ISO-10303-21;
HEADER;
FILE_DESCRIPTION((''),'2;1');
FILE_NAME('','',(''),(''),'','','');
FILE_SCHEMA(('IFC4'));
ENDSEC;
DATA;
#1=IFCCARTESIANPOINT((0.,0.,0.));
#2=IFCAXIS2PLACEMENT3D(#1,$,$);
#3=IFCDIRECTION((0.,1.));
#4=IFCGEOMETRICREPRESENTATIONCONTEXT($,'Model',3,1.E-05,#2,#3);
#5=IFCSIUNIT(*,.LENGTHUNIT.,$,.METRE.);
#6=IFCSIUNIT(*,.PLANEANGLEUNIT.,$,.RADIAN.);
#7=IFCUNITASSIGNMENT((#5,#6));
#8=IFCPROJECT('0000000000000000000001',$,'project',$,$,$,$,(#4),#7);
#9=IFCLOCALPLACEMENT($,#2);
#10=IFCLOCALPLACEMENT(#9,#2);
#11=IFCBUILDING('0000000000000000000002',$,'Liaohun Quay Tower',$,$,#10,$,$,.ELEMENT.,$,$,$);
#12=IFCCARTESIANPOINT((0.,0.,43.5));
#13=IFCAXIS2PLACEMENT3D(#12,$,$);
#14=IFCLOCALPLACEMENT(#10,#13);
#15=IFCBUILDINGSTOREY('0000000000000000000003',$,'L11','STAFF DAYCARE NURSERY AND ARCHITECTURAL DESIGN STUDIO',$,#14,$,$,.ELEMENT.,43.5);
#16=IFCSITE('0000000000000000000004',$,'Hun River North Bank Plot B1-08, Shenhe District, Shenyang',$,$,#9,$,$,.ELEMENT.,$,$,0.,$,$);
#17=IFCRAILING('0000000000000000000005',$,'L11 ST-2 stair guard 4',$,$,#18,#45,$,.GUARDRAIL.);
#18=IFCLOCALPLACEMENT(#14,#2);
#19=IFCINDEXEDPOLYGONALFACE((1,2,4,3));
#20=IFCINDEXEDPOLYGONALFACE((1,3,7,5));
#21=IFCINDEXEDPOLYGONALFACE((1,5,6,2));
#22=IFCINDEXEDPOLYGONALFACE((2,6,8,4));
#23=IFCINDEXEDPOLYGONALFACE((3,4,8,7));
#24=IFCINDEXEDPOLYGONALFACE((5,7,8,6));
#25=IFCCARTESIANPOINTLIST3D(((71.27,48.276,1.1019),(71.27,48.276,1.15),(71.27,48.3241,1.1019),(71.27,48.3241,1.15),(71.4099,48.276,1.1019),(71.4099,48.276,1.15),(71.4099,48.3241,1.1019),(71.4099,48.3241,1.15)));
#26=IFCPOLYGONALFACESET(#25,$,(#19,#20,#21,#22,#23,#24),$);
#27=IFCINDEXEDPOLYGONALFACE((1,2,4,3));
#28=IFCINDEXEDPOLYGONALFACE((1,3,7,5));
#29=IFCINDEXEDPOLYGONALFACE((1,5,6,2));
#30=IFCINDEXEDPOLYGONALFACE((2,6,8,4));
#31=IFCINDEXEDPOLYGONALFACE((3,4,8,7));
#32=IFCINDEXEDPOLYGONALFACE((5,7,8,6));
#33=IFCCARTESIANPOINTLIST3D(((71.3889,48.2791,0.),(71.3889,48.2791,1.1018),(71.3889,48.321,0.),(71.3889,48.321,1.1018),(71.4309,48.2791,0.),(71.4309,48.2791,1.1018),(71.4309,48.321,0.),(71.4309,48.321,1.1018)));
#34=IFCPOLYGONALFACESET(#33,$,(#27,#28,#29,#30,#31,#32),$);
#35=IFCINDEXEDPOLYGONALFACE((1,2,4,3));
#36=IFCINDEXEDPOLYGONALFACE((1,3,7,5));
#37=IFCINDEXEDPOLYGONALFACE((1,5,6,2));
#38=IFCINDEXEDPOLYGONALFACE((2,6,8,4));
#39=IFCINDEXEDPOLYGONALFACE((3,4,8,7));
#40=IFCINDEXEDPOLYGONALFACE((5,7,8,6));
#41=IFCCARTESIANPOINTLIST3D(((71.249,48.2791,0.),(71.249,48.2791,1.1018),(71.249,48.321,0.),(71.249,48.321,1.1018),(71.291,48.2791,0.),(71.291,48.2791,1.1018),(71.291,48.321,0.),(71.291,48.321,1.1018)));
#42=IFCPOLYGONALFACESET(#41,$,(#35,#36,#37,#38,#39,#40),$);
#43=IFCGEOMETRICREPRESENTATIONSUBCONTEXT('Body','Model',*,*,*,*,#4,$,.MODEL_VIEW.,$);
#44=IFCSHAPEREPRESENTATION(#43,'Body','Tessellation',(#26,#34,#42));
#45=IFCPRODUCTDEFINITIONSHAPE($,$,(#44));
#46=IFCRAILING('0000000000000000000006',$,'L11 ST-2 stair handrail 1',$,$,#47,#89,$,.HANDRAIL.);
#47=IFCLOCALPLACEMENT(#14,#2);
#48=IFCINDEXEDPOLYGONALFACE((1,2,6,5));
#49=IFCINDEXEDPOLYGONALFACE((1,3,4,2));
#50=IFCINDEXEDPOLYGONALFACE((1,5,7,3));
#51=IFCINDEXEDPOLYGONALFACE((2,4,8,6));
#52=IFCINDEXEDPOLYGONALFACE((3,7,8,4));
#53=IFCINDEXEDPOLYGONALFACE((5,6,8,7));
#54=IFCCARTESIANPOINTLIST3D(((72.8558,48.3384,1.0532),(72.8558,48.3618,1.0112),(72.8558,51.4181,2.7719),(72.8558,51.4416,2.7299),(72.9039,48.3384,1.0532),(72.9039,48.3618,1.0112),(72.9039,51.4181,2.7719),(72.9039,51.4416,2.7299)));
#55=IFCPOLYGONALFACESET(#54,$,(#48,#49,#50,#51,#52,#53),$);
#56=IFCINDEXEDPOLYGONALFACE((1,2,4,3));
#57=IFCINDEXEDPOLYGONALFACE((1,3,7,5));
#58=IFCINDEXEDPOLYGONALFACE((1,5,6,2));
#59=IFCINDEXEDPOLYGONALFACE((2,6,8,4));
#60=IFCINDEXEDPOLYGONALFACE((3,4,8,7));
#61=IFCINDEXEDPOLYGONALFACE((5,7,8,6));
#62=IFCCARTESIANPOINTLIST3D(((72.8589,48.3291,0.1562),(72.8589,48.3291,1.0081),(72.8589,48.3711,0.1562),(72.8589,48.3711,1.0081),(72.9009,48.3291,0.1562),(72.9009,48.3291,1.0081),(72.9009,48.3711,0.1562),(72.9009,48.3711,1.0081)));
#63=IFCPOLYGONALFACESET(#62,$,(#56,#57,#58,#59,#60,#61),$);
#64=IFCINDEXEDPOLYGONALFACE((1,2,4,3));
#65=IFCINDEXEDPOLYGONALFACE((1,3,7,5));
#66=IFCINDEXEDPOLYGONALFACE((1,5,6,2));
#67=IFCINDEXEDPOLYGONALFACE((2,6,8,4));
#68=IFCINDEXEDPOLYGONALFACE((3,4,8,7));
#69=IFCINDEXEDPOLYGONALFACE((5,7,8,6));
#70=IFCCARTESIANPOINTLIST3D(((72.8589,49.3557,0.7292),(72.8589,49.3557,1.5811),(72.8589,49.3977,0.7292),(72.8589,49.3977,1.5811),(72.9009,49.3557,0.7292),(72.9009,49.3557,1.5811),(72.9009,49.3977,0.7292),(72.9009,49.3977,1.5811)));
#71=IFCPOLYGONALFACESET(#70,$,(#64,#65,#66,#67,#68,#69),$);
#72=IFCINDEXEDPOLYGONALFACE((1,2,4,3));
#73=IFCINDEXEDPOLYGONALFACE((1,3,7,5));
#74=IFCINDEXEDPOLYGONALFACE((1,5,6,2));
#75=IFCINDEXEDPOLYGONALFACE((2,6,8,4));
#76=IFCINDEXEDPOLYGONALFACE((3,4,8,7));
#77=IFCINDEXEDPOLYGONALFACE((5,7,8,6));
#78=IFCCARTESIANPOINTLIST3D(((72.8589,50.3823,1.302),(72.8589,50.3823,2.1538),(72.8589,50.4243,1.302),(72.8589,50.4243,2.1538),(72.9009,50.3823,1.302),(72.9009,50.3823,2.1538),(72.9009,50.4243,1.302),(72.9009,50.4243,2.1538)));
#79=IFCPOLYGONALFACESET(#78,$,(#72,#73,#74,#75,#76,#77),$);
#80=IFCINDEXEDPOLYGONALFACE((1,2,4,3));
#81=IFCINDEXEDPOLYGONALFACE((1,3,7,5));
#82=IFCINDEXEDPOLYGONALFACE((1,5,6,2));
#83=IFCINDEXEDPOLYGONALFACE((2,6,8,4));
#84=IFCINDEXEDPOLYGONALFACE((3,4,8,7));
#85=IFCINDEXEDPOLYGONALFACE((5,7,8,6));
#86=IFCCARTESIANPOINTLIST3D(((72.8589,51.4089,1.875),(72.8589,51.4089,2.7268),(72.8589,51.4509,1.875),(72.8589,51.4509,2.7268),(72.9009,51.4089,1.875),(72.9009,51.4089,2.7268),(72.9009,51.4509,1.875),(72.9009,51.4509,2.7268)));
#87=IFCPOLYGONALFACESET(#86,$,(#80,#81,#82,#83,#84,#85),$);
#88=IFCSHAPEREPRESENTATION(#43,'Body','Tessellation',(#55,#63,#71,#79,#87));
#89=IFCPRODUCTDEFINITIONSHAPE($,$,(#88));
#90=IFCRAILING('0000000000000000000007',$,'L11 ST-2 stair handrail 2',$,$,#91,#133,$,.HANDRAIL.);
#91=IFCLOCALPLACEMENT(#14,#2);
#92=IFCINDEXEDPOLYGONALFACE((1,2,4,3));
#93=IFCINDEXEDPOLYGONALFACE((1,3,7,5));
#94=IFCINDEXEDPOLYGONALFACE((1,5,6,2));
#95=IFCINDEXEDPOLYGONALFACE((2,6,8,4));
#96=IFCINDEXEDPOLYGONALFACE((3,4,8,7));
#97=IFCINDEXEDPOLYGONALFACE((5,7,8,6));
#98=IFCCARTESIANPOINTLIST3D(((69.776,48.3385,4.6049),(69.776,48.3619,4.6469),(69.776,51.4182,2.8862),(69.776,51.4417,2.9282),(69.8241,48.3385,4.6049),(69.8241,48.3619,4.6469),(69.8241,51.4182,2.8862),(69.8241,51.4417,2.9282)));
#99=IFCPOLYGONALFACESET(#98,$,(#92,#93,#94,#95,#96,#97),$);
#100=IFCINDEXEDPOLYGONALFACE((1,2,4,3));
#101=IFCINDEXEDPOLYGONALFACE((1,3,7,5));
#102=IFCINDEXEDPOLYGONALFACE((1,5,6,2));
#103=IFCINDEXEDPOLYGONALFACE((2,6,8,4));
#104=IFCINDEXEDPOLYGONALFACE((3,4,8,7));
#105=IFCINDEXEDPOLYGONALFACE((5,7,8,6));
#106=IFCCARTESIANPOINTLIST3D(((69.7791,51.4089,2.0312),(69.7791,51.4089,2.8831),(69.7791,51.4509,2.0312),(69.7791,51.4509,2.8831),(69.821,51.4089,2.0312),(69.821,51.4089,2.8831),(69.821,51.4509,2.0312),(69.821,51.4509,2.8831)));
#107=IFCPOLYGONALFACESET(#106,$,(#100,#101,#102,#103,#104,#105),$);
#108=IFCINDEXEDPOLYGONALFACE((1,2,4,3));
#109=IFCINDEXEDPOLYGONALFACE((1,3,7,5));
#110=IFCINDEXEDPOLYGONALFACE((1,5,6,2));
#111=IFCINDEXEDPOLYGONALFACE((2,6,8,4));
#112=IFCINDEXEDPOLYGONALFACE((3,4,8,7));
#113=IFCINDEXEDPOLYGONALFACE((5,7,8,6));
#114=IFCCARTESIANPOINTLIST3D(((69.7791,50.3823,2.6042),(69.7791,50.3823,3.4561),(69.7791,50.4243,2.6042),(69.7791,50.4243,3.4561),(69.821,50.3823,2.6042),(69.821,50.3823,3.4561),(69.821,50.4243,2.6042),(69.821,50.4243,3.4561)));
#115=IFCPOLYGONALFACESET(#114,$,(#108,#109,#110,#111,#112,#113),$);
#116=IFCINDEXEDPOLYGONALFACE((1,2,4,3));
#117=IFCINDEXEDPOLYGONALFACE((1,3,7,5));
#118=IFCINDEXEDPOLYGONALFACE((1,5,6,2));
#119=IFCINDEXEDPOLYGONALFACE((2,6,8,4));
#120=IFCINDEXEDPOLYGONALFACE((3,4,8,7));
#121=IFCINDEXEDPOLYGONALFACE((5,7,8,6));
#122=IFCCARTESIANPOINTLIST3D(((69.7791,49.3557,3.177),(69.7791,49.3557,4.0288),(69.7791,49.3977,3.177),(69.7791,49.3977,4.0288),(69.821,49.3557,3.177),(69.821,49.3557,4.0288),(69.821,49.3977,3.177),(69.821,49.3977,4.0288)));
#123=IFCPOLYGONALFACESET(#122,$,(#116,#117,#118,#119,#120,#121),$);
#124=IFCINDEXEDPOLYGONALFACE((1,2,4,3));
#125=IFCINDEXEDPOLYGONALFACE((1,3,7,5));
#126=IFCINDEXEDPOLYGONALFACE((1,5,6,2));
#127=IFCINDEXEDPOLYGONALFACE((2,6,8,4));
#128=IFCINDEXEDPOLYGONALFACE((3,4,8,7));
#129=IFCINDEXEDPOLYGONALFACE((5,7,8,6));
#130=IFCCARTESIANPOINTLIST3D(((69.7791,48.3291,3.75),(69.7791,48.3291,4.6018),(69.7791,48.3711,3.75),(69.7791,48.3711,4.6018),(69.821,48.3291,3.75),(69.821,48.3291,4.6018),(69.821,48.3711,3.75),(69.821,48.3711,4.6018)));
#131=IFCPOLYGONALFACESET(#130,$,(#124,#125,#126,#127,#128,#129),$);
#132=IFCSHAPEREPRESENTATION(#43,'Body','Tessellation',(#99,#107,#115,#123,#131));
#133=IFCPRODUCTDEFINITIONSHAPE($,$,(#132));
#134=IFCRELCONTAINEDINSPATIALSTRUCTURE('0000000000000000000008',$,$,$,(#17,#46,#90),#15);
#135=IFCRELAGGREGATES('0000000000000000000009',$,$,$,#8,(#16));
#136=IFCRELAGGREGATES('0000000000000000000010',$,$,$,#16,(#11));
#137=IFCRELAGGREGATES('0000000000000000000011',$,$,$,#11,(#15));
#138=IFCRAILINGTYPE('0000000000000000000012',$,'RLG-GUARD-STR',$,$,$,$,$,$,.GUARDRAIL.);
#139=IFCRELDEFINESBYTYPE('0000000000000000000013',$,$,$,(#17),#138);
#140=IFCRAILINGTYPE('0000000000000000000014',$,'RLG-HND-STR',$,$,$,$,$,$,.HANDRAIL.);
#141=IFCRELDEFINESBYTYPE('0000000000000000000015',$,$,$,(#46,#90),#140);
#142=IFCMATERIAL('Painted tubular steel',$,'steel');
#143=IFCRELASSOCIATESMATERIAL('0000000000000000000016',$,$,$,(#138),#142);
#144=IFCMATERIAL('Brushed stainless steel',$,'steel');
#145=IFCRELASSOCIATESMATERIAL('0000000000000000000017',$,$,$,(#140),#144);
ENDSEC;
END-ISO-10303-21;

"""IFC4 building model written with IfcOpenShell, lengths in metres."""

from ifc_helpers import new_model, si_unit, direction, frame, origin, origin_2d, place, context, subcontext, project, spatial, rectangle, extrude, material, type_object, element, save


model = new_model("IFC4")

# Units and contexts
model_context = context("Model", 3, precision=1e-05, world=origin(), true_north=direction((0.0, 1.0)))
body_context = subcontext(model_context, "Body", "Model", "MODEL_VIEW")
ifc_project = project(units=[si_unit("LENGTHUNIT", "METRE"), si_unit("PLANEANGLEUNIT", "RADIAN")], contexts=[model_context])

# Site, building, storey
site_placement = place(None, origin())
site = spatial("IfcSite", under=ifc_project, at=site_placement, Name="Hun River North Bank Plot B1-08, Shenhe District, Shenyang", CompositionType="ELEMENT", RefElevation=0.0)
building_placement = place(site_placement, origin())
building = spatial("IfcBuilding", under=site, at=building_placement, Name="Liaohun Quay Tower", CompositionType="ELEMENT")
storey_placement = place(building_placement, frame((0.0, 0.0, 43.5)))
storey = spatial("IfcBuildingStorey", under=building, at=storey_placement, Name="L11", Description="STAFF DAYCARE NURSERY AND ARCHITECTURAL DESIGN STUDIO", CompositionType="ELEMENT", Elevation=43.5)

# Railings
ifc_material_1 = material(Name="Painted tubular steel", Category="steel")
railing_type_1 = type_object("IfcRailingType", Name="RLG-GUARD-STR", PredefinedType="GUARDRAIL", material=ifc_material_1)
railing_1_placement = place(storey_placement, frame((71.4099, 48.3, 0.0)))
element("IfcRailing", 1, at=railing_1_placement, inside=storey, type_object=railing_type_1, Name="L11 ST-2 stair guard 4", PredefinedType="GUARDRAIL", context=body_context, shape_type="SweptSolid", body=[
    extrude(rectangle(XDim=0.0481, YDim=0.0481, at=origin_2d()), frame((0.0, 0.0, 1.126), z_axis=(-1.0, 0.0, 0.0), x_axis=(0.0, -1.0, 0.0)), (0.0, 0.0, 1.0), 0.1399),
    extrude(rectangle(XDim=0.042, YDim=0.042, at=origin_2d()), origin(), (0.0, 0.0, 1.0), 1.1018),
    extrude(rectangle(XDim=0.042, YDim=0.042, at=origin_2d()), frame((-0.1399, 0.0, 0.0)), (0.0, 0.0, 1.0), 1.1018),
])
ifc_material_2 = material(Name="Brushed stainless steel", Category="steel")
railing_type_2 = type_object("IfcRailingType", Name="RLG-HND-STR", PredefinedType="HANDRAIL", material=ifc_material_2)
railing_2_placement = place(storey_placement, frame((72.8799, 48.3501, 0.1562)))
element("IfcRailing", 2, at=railing_2_placement, inside=storey, type_object=railing_type_2, Name="L11 ST-2 stair handrail 1", PredefinedType="HANDRAIL", context=body_context, shape_type="SweptSolid", body=[
    extrude(rectangle(XDim=0.0481, YDim=0.0481, at=origin_2d()), frame((0.0, 0.0, 0.876), z_axis=(0.0, 0.873225, 0.487317), x_axis=(-1.0, 0.0, 0.0)), (0.0, 0.0, 1.0), 3.5269),
    extrude(rectangle(XDim=0.042, YDim=0.042, at=origin_2d()), origin(), (0.0, 0.0, 1.0), 0.8518),
    extrude(rectangle(XDim=0.042, YDim=0.042, at=origin_2d()), frame((0.0, 1.0266, 0.573)), (0.0, 0.0, 1.0), 0.8518),
    extrude(rectangle(XDim=0.042, YDim=0.042, at=origin_2d()), frame((0.0, 2.0532, 1.1458)), (0.0, 0.0, 1.0), 0.8518),
    extrude(rectangle(XDim=0.042, YDim=0.042, at=origin_2d()), frame((0.0, 3.0798, 1.7188)), (0.0, 0.0, 1.0), 0.8518),
])
railing_3_placement = place(storey_placement, frame((69.8, 51.4299, 2.0312)))
element("IfcRailing", 3, at=railing_3_placement, inside=storey, type_object=railing_type_2, Name="L11 ST-2 stair handrail 2", PredefinedType="HANDRAIL", context=body_context, shape_type="SweptSolid", body=[
    extrude(rectangle(XDim=0.0481, YDim=0.0481, at=origin_2d()), frame((0.0, 0.0, 0.876), z_axis=(0.0, -0.873225, 0.487317), x_axis=(1.0, 0.0, 0.0)), (0.0, 0.0, 1.0), 3.5269),
    extrude(rectangle(XDim=0.042, YDim=0.042, at=origin_2d()), origin(), (0.0, 0.0, 1.0), 0.8518),
    extrude(rectangle(XDim=0.042, YDim=0.042, at=origin_2d()), frame((0.0, -1.0266, 0.573)), (0.0, 0.0, 1.0), 0.8518),
    extrude(rectangle(XDim=0.042, YDim=0.042, at=origin_2d()), frame((0.0, -2.0532, 1.1458)), (0.0, 0.0, 1.0), 0.8518),
    extrude(rectangle(XDim=0.042, YDim=0.042, at=origin_2d()), frame((0.0, -3.0798, 1.7188)), (0.0, 0.0, 1.0), 0.8518),
])

save(model, "model.ifc")
